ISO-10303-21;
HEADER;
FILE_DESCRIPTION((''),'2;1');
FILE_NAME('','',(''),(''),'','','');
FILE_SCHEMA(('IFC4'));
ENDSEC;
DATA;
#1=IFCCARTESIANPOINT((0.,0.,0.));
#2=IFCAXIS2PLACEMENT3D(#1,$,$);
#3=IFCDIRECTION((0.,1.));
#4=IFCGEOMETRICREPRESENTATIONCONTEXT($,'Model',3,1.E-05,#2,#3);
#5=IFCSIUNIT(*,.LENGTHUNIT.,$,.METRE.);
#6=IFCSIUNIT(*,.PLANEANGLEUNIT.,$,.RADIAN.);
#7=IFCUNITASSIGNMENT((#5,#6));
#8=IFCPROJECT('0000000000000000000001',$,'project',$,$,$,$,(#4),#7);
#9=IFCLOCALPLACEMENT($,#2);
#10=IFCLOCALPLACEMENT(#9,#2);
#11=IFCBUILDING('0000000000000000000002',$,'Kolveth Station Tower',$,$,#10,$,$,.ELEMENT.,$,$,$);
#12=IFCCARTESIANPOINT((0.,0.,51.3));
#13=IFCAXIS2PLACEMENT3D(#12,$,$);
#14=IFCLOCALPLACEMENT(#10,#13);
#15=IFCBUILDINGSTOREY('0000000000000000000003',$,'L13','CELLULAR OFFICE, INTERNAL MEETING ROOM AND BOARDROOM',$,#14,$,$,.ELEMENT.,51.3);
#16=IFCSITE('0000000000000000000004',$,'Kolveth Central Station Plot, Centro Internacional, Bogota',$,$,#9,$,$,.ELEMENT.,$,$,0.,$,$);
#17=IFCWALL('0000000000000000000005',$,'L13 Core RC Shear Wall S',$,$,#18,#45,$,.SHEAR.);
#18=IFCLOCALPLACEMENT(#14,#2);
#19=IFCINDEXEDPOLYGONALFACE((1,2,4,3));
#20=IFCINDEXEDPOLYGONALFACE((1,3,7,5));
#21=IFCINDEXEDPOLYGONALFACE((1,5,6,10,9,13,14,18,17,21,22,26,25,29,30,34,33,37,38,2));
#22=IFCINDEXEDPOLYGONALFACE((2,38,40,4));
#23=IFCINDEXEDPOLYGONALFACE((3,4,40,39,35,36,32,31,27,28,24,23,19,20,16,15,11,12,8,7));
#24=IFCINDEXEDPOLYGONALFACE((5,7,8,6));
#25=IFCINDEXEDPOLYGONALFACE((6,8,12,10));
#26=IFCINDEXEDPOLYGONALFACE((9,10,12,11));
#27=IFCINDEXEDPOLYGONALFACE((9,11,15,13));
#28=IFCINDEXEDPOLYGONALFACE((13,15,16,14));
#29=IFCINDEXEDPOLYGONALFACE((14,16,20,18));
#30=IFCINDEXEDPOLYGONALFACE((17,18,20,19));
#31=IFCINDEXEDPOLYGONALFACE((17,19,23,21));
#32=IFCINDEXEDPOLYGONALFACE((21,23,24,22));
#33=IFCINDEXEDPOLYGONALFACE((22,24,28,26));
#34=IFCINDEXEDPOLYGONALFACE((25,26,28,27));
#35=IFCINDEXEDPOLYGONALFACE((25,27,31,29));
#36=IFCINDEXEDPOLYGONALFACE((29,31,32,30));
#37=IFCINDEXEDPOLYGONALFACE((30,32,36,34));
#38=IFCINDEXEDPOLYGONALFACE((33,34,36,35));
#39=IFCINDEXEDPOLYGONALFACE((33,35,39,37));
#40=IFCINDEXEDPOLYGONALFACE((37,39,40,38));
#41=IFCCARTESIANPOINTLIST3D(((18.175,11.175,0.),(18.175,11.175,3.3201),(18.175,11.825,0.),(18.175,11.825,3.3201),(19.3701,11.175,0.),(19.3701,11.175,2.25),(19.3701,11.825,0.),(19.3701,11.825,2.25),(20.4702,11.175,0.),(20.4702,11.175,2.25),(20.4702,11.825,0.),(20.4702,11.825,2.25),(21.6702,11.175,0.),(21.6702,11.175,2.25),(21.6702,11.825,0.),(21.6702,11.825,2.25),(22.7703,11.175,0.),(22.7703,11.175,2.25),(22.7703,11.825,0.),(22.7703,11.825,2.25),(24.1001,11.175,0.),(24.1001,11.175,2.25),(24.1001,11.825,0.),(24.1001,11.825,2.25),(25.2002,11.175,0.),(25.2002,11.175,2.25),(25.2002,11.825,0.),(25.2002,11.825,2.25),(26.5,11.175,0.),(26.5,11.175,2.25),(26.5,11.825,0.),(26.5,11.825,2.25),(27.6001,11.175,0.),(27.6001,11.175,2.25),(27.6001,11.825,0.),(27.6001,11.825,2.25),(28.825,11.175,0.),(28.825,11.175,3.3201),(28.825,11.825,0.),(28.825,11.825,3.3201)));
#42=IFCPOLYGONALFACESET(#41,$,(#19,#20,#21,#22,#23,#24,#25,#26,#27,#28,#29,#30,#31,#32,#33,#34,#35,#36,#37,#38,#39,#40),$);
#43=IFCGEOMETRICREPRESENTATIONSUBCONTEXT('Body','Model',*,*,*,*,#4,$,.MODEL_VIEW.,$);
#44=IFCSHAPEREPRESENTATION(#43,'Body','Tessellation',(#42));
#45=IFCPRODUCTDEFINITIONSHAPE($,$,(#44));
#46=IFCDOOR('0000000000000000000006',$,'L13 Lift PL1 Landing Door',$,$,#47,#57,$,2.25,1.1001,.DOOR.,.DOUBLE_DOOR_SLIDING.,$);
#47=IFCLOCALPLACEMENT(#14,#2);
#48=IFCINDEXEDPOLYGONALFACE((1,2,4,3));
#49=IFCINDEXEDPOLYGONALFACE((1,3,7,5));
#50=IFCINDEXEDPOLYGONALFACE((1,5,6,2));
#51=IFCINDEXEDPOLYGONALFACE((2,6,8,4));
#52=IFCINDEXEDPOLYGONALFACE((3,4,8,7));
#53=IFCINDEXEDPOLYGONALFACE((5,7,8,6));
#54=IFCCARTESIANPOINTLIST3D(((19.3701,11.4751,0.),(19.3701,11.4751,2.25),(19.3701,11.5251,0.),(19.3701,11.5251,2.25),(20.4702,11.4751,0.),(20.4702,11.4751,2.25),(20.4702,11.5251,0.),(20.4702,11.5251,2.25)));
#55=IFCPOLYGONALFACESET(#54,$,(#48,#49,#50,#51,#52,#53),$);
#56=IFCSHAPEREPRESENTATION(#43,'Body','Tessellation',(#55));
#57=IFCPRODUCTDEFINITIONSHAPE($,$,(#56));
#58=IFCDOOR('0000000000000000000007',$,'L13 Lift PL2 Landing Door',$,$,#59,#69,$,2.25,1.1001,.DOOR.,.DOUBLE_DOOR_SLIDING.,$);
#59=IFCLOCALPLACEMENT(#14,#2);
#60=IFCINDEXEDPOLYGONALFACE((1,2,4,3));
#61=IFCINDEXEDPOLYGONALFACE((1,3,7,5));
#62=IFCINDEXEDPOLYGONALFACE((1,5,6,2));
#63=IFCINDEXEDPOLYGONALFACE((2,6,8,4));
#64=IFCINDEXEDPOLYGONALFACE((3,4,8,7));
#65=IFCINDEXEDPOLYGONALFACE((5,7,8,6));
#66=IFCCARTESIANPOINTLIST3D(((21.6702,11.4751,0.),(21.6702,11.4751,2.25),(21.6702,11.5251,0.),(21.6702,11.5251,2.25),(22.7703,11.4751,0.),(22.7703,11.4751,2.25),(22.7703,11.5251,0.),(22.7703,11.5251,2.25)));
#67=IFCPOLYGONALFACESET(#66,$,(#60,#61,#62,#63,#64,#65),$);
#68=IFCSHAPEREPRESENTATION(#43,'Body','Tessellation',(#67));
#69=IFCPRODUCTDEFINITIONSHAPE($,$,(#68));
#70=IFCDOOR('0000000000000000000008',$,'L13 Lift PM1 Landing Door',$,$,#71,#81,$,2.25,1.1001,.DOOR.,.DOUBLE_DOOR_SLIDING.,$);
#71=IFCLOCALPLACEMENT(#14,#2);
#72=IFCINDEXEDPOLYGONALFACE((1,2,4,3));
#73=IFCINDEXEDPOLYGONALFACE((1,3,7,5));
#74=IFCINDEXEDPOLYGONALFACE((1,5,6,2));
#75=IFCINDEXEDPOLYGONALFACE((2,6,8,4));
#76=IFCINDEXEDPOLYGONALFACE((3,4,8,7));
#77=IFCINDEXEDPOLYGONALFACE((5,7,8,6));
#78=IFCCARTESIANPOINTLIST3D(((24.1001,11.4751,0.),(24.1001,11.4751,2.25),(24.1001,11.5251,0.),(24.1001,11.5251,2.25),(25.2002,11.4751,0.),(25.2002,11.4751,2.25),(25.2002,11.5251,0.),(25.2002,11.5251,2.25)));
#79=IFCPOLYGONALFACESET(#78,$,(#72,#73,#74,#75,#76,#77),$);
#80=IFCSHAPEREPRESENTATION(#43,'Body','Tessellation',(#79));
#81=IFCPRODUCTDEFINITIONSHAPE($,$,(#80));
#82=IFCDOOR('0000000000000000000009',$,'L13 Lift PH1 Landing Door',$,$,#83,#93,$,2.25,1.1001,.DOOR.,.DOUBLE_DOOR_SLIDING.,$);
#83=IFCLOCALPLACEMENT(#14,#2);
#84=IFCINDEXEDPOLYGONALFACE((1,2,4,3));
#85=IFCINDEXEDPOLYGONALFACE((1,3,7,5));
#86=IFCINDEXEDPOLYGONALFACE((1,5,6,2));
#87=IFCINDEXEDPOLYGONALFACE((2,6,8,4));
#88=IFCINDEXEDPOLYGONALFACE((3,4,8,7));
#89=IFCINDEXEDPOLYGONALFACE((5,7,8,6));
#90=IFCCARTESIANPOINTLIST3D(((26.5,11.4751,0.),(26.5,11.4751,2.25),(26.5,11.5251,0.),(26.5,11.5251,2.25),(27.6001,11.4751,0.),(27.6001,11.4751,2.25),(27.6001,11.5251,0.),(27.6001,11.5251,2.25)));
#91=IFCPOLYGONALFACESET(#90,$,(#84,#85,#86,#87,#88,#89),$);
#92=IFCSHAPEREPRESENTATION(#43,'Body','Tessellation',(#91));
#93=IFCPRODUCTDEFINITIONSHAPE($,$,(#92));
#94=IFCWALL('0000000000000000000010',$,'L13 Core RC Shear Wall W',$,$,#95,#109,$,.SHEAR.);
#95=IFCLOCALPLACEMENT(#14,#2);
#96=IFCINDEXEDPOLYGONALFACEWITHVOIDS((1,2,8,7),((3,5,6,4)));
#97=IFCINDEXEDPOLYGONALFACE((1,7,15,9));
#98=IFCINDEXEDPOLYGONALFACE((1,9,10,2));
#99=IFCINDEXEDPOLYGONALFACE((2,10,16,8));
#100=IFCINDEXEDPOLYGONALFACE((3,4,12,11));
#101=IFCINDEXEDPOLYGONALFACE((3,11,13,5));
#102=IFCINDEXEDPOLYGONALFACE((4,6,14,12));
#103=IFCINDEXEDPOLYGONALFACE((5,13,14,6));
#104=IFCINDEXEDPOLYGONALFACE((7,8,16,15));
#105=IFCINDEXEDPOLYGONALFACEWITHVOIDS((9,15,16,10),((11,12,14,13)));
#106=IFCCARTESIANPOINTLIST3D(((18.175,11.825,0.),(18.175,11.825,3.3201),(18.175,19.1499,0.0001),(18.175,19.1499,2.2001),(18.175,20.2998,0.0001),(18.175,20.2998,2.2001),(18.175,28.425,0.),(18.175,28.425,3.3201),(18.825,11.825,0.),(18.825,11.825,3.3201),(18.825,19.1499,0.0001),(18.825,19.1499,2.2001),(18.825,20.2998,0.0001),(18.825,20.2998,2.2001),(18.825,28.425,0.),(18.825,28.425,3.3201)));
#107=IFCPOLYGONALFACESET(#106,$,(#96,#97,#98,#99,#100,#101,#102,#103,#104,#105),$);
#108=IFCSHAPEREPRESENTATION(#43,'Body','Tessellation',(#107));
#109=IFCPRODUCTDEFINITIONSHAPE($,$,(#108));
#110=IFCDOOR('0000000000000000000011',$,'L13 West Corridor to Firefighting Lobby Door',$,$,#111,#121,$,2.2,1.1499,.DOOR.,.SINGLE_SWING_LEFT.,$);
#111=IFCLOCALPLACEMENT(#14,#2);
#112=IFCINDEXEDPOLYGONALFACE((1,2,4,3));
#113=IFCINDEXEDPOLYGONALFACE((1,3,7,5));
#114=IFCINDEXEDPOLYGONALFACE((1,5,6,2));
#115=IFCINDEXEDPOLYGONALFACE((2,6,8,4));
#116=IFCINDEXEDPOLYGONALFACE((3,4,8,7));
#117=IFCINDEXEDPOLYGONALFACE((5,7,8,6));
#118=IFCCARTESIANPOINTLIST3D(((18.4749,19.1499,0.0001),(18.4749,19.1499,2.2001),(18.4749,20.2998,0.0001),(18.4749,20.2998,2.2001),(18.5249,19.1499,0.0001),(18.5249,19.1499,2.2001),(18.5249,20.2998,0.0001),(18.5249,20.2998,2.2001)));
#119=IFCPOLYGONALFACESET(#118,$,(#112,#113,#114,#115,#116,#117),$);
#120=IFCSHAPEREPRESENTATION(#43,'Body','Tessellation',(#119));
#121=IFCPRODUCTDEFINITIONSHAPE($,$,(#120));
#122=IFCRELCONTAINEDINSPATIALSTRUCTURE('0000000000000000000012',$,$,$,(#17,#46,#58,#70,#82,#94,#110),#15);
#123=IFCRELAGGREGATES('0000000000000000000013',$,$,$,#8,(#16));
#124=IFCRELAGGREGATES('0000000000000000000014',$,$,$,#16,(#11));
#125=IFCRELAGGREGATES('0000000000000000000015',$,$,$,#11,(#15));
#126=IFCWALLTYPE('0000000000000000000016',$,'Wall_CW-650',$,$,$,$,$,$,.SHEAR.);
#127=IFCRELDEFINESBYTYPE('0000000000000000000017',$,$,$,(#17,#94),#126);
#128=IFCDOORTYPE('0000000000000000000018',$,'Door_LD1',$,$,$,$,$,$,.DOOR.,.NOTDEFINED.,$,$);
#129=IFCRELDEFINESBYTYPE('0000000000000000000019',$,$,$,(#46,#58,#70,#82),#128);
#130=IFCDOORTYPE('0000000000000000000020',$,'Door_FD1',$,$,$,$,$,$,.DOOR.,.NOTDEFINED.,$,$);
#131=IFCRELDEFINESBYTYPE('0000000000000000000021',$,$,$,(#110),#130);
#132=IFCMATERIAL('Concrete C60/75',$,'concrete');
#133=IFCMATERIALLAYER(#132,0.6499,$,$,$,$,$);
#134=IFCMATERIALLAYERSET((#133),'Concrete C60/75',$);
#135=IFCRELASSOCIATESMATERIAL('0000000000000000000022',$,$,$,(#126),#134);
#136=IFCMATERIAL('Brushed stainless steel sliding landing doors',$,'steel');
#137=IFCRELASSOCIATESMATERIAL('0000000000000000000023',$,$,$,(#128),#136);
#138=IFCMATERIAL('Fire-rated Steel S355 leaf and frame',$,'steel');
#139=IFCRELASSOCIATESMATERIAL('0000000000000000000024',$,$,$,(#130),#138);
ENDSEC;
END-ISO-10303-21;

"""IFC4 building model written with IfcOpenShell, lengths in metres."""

from ifc_helpers import new_model, si_unit, direction, frame, frame_2d, origin, place, context, subcontext, project, spatial, rectangle, extrude, material, layer, layer_set, type_object, element, fill, save


model = new_model("IFC4")

# Units and contexts
model_context = context("Model", 3, precision=1e-05, world=origin(), true_north=direction((0.0, 1.0)))
body_context = subcontext(model_context, "Body", "Model", "MODEL_VIEW")
ifc_project = project(units=[si_unit("LENGTHUNIT", "METRE"), si_unit("PLANEANGLEUNIT", "RADIAN")], contexts=[model_context])

# Site, building, storey
site_placement = place(None, origin())
site = spatial("IfcSite", under=ifc_project, at=site_placement, Name="Kolveth Central Station Plot, Centro Internacional, Bogota", CompositionType="ELEMENT", RefElevation=0.0)
building_placement = place(site_placement, origin())
building = spatial("IfcBuilding", under=site, at=building_placement, Name="Kolveth Station Tower", CompositionType="ELEMENT")
storey_placement = place(building_placement, frame((0.0, 0.0, 51.3)))
storey = spatial("IfcBuildingStorey", under=building, at=storey_placement, Name="L13", Description="CELLULAR OFFICE, INTERNAL MEETING ROOM AND BOARDROOM", CompositionType="ELEMENT", Elevation=51.3)

# Wall, openings, doors
ifc_material_1 = material(Name="Concrete C60/75", Category="concrete")
ifc_layer_1 = layer(ifc_material_1, 0.6499)
ifc_layer_set_1 = layer_set([ifc_layer_1], Name="Concrete C60/75")
wall_type_1 = type_object("IfcWallType", Name="Wall_CW-650", PredefinedType="SHEAR", material=ifc_layer_set_1)
wall_1_placement = place(storey_placement, frame((18.175, 11.5, 0.0), z_axis=(0.0, 0.0, 1.0), x_axis=(1.0, 0.0, 0.0)))
wall_1 = element("IfcWall", 1, at=wall_1_placement, inside=storey, type_object=wall_type_1, Name="L13 Core RC Shear Wall S", PredefinedType="SHEAR", context=body_context, shape_type="SweptSolid", body=[
    extrude(rectangle(XDim=10.6499, YDim=0.6499, at=frame_2d((5.325, 0.0))), origin(), (0.0, 0.0, 1.0), 3.3201),
])
opening_1_placement = place(wall_1_placement, frame((1.1951, 0.0, 0.0)))
opening_1 = element("IfcOpeningElement", 2, at=opening_1_placement, cuts=wall_1, PredefinedType="OPENING", context=body_context, shape_type="SweptSolid", body=[
    extrude(rectangle(XDim=1.1001, YDim=2.25, at=frame_2d((0.55, 1.125))), frame((0.0, 0.335, 0.0), z_axis=(0.0, -1.0, 0.0), x_axis=(1.0, 0.0, 0.0)), (0.0, 0.0, 1.0), 0.6699),
])
opening_2_placement = place(wall_1_placement, frame((3.4951, 0.0, 0.0)))
opening_2 = element("IfcOpeningElement", 3, at=opening_2_placement, cuts=wall_1, PredefinedType="OPENING", context=body_context, shape_type="SweptSolid", body=[
    extrude(rectangle(XDim=1.1001, YDim=2.25, at=frame_2d((0.55, 1.125))), frame((0.0, 0.335, 0.0), z_axis=(0.0, -1.0, 0.0), x_axis=(1.0, 0.0, 0.0)), (0.0, 0.0, 1.0), 0.6699),
])
opening_3_placement = place(wall_1_placement, frame((5.925, 0.0, 0.0)))
opening_3 = element("IfcOpeningElement", 4, at=opening_3_placement, cuts=wall_1, PredefinedType="OPENING", context=body_context, shape_type="SweptSolid", body=[
    extrude(rectangle(XDim=1.1001, YDim=2.25, at=frame_2d((0.55, 1.125))), frame((0.0, 0.335, 0.0), z_axis=(0.0, -1.0, 0.0), x_axis=(1.0, 0.0, 0.0)), (0.0, 0.0, 1.0), 0.6699),
])
opening_4_placement = place(wall_1_placement, frame((8.325, 0.0, 0.0)))
opening_4 = element("IfcOpeningElement", 5, at=opening_4_placement, cuts=wall_1, PredefinedType="OPENING", context=body_context, shape_type="SweptSolid", body=[
    extrude(rectangle(XDim=1.1001, YDim=2.25, at=frame_2d((0.55, 1.125))), frame((0.0, 0.335, 0.0), z_axis=(0.0, -1.0, 0.0), x_axis=(1.0, 0.0, 0.0)), (0.0, 0.0, 1.0), 0.6699),
])
ifc_material_2 = material(Name="Brushed stainless steel sliding landing doors", Category="steel")
door_type_1 = type_object("IfcDoorType", Name="Door_LD1", OperationType="NOTDEFINED", PredefinedType="DOOR", material=ifc_material_2)
door_1_placement = place(opening_1_placement, frame((1.1001, 0.0, 0.0), z_axis=(0.0, 0.0, 1.0), x_axis=(-1.0, 0.0, 0.0)))
door_1 = element("IfcDoor", 6, at=door_1_placement, inside=storey, type_object=door_type_1, Name="L13 Lift PL1 Landing Door", OperationType="DOUBLE_DOOR_SLIDING", OverallHeight=2.25, OverallWidth=1.1001, PredefinedType="DOOR", context=body_context, shape_type="SweptSolid", body=[
    extrude(rectangle(XDim=1.1001, YDim=2.25, at=frame_2d((0.55, 1.125))), frame((0.0, 0.0249, 0.0), z_axis=(0.0, -1.0, 0.0), x_axis=(1.0, 0.0, 0.0)), (0.0, 0.0, 1.0), 0.05),
])
fill(opening_1, door_1)
door_2_placement = place(opening_2_placement, frame((1.1001, 0.0, 0.0), z_axis=(0.0, 0.0, 1.0), x_axis=(-1.0, 0.0, 0.0)))
door_2 = element("IfcDoor", 7, at=door_2_placement, inside=storey, type_object=door_type_1, Name="L13 Lift PL2 Landing Door", OperationType="DOUBLE_DOOR_SLIDING", OverallHeight=2.25, OverallWidth=1.1001, PredefinedType="DOOR", context=body_context, shape_type="SweptSolid", body=[
    extrude(rectangle(XDim=1.1001, YDim=2.25, at=frame_2d((0.55, 1.125))), frame((0.0, 0.0249, 0.0), z_axis=(0.0, -1.0, 0.0), x_axis=(1.0, 0.0, 0.0)), (0.0, 0.0, 1.0), 0.05),
])
fill(opening_2, door_2)
door_3_placement = place(opening_3_placement, frame((1.1001, 0.0, 0.0), z_axis=(0.0, 0.0, 1.0), x_axis=(-1.0, 0.0, 0.0)))
door_3 = element("IfcDoor", 8, at=door_3_placement, inside=storey, type_object=door_type_1, Name="L13 Lift PM1 Landing Door", OperationType="DOUBLE_DOOR_SLIDING", OverallHeight=2.25, OverallWidth=1.1001, PredefinedType="DOOR", context=body_context, shape_type="SweptSolid", body=[
    extrude(rectangle(XDim=1.1001, YDim=2.25, at=frame_2d((0.55, 1.125))), frame((0.0, 0.0249, 0.0), z_axis=(0.0, -1.0, 0.0), x_axis=(1.0, 0.0, 0.0)), (0.0, 0.0, 1.0), 0.05),
])
fill(opening_3, door_3)
door_4_placement = place(opening_4_placement, frame((1.1001, 0.0, 0.0), z_axis=(0.0, 0.0, 1.0), x_axis=(-1.0, 0.0, 0.0)))
door_4 = element("IfcDoor", 9, at=door_4_placement, inside=storey, type_object=door_type_1, Name="L13 Lift PH1 Landing Door", OperationType="DOUBLE_DOOR_SLIDING", OverallHeight=2.25, OverallWidth=1.1001, PredefinedType="DOOR", context=body_context, shape_type="SweptSolid", body=[
    extrude(rectangle(XDim=1.1001, YDim=2.25, at=frame_2d((0.55, 1.125))), frame((0.0, 0.0249, 0.0), z_axis=(0.0, -1.0, 0.0), x_axis=(1.0, 0.0, 0.0)), (0.0, 0.0, 1.0), 0.05),
])
fill(opening_4, door_4)

# Wall, opening, door
wall_2_placement = place(storey_placement, frame((18.5, 11.825, 0.0), z_axis=(0.0, 0.0, 1.0), x_axis=(0.0, 1.0, 0.0)))
wall_2 = element("IfcWall", 10, at=wall_2_placement, inside=storey, type_object=wall_type_1, Name="L13 Core RC Shear Wall W", PredefinedType="SHEAR", context=body_context, shape_type="SweptSolid", body=[
    extrude(rectangle(XDim=16.6001, YDim=0.6499, at=frame_2d((8.3, 0.0))), origin(), (0.0, 0.0, 1.0), 3.3201),
])
opening_5_placement = place(wall_2_placement, frame((7.325, 0.0, 0.0)))
opening_5 = element("IfcOpeningElement", 11, at=opening_5_placement, cuts=wall_2, PredefinedType="OPENING", context=body_context, shape_type="SweptSolid", body=[
    extrude(rectangle(XDim=1.1499, YDim=2.2, at=frame_2d((0.575, 1.1001))), frame((0.0, 0.335, 0.0), z_axis=(0.0, -1.0, 0.0), x_axis=(1.0, 0.0, 0.0)), (0.0, 0.0, 1.0), 0.6699),
])
ifc_material_3 = material(Name="Fire-rated Steel S355 leaf and frame", Category="steel")
door_type_2 = type_object("IfcDoorType", Name="Door_FD1", OperationType="NOTDEFINED", PredefinedType="DOOR", material=ifc_material_3)
door_5_placement = place(opening_5_placement, frame((1.1499, 0.0, 0.0), z_axis=(0.0, 0.0, 1.0), x_axis=(-1.0, 0.0, 0.0)))
door_5 = element("IfcDoor", 12, at=door_5_placement, inside=storey, type_object=door_type_2, Name="L13 West Corridor to Firefighting Lobby Door", OperationType="SINGLE_SWING_LEFT", OverallHeight=2.2, OverallWidth=1.1499, PredefinedType="DOOR", context=body_context, shape_type="SweptSolid", body=[
    extrude(rectangle(XDim=1.1499, YDim=2.2, at=frame_2d((0.575, 1.1001))), frame((0.0, 0.0249, 0.0), z_axis=(0.0, -1.0, 0.0), x_axis=(1.0, 0.0, 0.0)), (0.0, 0.0, 1.0), 0.05),
])
fill(opening_5, door_5)

save(model, "model.ifc")
